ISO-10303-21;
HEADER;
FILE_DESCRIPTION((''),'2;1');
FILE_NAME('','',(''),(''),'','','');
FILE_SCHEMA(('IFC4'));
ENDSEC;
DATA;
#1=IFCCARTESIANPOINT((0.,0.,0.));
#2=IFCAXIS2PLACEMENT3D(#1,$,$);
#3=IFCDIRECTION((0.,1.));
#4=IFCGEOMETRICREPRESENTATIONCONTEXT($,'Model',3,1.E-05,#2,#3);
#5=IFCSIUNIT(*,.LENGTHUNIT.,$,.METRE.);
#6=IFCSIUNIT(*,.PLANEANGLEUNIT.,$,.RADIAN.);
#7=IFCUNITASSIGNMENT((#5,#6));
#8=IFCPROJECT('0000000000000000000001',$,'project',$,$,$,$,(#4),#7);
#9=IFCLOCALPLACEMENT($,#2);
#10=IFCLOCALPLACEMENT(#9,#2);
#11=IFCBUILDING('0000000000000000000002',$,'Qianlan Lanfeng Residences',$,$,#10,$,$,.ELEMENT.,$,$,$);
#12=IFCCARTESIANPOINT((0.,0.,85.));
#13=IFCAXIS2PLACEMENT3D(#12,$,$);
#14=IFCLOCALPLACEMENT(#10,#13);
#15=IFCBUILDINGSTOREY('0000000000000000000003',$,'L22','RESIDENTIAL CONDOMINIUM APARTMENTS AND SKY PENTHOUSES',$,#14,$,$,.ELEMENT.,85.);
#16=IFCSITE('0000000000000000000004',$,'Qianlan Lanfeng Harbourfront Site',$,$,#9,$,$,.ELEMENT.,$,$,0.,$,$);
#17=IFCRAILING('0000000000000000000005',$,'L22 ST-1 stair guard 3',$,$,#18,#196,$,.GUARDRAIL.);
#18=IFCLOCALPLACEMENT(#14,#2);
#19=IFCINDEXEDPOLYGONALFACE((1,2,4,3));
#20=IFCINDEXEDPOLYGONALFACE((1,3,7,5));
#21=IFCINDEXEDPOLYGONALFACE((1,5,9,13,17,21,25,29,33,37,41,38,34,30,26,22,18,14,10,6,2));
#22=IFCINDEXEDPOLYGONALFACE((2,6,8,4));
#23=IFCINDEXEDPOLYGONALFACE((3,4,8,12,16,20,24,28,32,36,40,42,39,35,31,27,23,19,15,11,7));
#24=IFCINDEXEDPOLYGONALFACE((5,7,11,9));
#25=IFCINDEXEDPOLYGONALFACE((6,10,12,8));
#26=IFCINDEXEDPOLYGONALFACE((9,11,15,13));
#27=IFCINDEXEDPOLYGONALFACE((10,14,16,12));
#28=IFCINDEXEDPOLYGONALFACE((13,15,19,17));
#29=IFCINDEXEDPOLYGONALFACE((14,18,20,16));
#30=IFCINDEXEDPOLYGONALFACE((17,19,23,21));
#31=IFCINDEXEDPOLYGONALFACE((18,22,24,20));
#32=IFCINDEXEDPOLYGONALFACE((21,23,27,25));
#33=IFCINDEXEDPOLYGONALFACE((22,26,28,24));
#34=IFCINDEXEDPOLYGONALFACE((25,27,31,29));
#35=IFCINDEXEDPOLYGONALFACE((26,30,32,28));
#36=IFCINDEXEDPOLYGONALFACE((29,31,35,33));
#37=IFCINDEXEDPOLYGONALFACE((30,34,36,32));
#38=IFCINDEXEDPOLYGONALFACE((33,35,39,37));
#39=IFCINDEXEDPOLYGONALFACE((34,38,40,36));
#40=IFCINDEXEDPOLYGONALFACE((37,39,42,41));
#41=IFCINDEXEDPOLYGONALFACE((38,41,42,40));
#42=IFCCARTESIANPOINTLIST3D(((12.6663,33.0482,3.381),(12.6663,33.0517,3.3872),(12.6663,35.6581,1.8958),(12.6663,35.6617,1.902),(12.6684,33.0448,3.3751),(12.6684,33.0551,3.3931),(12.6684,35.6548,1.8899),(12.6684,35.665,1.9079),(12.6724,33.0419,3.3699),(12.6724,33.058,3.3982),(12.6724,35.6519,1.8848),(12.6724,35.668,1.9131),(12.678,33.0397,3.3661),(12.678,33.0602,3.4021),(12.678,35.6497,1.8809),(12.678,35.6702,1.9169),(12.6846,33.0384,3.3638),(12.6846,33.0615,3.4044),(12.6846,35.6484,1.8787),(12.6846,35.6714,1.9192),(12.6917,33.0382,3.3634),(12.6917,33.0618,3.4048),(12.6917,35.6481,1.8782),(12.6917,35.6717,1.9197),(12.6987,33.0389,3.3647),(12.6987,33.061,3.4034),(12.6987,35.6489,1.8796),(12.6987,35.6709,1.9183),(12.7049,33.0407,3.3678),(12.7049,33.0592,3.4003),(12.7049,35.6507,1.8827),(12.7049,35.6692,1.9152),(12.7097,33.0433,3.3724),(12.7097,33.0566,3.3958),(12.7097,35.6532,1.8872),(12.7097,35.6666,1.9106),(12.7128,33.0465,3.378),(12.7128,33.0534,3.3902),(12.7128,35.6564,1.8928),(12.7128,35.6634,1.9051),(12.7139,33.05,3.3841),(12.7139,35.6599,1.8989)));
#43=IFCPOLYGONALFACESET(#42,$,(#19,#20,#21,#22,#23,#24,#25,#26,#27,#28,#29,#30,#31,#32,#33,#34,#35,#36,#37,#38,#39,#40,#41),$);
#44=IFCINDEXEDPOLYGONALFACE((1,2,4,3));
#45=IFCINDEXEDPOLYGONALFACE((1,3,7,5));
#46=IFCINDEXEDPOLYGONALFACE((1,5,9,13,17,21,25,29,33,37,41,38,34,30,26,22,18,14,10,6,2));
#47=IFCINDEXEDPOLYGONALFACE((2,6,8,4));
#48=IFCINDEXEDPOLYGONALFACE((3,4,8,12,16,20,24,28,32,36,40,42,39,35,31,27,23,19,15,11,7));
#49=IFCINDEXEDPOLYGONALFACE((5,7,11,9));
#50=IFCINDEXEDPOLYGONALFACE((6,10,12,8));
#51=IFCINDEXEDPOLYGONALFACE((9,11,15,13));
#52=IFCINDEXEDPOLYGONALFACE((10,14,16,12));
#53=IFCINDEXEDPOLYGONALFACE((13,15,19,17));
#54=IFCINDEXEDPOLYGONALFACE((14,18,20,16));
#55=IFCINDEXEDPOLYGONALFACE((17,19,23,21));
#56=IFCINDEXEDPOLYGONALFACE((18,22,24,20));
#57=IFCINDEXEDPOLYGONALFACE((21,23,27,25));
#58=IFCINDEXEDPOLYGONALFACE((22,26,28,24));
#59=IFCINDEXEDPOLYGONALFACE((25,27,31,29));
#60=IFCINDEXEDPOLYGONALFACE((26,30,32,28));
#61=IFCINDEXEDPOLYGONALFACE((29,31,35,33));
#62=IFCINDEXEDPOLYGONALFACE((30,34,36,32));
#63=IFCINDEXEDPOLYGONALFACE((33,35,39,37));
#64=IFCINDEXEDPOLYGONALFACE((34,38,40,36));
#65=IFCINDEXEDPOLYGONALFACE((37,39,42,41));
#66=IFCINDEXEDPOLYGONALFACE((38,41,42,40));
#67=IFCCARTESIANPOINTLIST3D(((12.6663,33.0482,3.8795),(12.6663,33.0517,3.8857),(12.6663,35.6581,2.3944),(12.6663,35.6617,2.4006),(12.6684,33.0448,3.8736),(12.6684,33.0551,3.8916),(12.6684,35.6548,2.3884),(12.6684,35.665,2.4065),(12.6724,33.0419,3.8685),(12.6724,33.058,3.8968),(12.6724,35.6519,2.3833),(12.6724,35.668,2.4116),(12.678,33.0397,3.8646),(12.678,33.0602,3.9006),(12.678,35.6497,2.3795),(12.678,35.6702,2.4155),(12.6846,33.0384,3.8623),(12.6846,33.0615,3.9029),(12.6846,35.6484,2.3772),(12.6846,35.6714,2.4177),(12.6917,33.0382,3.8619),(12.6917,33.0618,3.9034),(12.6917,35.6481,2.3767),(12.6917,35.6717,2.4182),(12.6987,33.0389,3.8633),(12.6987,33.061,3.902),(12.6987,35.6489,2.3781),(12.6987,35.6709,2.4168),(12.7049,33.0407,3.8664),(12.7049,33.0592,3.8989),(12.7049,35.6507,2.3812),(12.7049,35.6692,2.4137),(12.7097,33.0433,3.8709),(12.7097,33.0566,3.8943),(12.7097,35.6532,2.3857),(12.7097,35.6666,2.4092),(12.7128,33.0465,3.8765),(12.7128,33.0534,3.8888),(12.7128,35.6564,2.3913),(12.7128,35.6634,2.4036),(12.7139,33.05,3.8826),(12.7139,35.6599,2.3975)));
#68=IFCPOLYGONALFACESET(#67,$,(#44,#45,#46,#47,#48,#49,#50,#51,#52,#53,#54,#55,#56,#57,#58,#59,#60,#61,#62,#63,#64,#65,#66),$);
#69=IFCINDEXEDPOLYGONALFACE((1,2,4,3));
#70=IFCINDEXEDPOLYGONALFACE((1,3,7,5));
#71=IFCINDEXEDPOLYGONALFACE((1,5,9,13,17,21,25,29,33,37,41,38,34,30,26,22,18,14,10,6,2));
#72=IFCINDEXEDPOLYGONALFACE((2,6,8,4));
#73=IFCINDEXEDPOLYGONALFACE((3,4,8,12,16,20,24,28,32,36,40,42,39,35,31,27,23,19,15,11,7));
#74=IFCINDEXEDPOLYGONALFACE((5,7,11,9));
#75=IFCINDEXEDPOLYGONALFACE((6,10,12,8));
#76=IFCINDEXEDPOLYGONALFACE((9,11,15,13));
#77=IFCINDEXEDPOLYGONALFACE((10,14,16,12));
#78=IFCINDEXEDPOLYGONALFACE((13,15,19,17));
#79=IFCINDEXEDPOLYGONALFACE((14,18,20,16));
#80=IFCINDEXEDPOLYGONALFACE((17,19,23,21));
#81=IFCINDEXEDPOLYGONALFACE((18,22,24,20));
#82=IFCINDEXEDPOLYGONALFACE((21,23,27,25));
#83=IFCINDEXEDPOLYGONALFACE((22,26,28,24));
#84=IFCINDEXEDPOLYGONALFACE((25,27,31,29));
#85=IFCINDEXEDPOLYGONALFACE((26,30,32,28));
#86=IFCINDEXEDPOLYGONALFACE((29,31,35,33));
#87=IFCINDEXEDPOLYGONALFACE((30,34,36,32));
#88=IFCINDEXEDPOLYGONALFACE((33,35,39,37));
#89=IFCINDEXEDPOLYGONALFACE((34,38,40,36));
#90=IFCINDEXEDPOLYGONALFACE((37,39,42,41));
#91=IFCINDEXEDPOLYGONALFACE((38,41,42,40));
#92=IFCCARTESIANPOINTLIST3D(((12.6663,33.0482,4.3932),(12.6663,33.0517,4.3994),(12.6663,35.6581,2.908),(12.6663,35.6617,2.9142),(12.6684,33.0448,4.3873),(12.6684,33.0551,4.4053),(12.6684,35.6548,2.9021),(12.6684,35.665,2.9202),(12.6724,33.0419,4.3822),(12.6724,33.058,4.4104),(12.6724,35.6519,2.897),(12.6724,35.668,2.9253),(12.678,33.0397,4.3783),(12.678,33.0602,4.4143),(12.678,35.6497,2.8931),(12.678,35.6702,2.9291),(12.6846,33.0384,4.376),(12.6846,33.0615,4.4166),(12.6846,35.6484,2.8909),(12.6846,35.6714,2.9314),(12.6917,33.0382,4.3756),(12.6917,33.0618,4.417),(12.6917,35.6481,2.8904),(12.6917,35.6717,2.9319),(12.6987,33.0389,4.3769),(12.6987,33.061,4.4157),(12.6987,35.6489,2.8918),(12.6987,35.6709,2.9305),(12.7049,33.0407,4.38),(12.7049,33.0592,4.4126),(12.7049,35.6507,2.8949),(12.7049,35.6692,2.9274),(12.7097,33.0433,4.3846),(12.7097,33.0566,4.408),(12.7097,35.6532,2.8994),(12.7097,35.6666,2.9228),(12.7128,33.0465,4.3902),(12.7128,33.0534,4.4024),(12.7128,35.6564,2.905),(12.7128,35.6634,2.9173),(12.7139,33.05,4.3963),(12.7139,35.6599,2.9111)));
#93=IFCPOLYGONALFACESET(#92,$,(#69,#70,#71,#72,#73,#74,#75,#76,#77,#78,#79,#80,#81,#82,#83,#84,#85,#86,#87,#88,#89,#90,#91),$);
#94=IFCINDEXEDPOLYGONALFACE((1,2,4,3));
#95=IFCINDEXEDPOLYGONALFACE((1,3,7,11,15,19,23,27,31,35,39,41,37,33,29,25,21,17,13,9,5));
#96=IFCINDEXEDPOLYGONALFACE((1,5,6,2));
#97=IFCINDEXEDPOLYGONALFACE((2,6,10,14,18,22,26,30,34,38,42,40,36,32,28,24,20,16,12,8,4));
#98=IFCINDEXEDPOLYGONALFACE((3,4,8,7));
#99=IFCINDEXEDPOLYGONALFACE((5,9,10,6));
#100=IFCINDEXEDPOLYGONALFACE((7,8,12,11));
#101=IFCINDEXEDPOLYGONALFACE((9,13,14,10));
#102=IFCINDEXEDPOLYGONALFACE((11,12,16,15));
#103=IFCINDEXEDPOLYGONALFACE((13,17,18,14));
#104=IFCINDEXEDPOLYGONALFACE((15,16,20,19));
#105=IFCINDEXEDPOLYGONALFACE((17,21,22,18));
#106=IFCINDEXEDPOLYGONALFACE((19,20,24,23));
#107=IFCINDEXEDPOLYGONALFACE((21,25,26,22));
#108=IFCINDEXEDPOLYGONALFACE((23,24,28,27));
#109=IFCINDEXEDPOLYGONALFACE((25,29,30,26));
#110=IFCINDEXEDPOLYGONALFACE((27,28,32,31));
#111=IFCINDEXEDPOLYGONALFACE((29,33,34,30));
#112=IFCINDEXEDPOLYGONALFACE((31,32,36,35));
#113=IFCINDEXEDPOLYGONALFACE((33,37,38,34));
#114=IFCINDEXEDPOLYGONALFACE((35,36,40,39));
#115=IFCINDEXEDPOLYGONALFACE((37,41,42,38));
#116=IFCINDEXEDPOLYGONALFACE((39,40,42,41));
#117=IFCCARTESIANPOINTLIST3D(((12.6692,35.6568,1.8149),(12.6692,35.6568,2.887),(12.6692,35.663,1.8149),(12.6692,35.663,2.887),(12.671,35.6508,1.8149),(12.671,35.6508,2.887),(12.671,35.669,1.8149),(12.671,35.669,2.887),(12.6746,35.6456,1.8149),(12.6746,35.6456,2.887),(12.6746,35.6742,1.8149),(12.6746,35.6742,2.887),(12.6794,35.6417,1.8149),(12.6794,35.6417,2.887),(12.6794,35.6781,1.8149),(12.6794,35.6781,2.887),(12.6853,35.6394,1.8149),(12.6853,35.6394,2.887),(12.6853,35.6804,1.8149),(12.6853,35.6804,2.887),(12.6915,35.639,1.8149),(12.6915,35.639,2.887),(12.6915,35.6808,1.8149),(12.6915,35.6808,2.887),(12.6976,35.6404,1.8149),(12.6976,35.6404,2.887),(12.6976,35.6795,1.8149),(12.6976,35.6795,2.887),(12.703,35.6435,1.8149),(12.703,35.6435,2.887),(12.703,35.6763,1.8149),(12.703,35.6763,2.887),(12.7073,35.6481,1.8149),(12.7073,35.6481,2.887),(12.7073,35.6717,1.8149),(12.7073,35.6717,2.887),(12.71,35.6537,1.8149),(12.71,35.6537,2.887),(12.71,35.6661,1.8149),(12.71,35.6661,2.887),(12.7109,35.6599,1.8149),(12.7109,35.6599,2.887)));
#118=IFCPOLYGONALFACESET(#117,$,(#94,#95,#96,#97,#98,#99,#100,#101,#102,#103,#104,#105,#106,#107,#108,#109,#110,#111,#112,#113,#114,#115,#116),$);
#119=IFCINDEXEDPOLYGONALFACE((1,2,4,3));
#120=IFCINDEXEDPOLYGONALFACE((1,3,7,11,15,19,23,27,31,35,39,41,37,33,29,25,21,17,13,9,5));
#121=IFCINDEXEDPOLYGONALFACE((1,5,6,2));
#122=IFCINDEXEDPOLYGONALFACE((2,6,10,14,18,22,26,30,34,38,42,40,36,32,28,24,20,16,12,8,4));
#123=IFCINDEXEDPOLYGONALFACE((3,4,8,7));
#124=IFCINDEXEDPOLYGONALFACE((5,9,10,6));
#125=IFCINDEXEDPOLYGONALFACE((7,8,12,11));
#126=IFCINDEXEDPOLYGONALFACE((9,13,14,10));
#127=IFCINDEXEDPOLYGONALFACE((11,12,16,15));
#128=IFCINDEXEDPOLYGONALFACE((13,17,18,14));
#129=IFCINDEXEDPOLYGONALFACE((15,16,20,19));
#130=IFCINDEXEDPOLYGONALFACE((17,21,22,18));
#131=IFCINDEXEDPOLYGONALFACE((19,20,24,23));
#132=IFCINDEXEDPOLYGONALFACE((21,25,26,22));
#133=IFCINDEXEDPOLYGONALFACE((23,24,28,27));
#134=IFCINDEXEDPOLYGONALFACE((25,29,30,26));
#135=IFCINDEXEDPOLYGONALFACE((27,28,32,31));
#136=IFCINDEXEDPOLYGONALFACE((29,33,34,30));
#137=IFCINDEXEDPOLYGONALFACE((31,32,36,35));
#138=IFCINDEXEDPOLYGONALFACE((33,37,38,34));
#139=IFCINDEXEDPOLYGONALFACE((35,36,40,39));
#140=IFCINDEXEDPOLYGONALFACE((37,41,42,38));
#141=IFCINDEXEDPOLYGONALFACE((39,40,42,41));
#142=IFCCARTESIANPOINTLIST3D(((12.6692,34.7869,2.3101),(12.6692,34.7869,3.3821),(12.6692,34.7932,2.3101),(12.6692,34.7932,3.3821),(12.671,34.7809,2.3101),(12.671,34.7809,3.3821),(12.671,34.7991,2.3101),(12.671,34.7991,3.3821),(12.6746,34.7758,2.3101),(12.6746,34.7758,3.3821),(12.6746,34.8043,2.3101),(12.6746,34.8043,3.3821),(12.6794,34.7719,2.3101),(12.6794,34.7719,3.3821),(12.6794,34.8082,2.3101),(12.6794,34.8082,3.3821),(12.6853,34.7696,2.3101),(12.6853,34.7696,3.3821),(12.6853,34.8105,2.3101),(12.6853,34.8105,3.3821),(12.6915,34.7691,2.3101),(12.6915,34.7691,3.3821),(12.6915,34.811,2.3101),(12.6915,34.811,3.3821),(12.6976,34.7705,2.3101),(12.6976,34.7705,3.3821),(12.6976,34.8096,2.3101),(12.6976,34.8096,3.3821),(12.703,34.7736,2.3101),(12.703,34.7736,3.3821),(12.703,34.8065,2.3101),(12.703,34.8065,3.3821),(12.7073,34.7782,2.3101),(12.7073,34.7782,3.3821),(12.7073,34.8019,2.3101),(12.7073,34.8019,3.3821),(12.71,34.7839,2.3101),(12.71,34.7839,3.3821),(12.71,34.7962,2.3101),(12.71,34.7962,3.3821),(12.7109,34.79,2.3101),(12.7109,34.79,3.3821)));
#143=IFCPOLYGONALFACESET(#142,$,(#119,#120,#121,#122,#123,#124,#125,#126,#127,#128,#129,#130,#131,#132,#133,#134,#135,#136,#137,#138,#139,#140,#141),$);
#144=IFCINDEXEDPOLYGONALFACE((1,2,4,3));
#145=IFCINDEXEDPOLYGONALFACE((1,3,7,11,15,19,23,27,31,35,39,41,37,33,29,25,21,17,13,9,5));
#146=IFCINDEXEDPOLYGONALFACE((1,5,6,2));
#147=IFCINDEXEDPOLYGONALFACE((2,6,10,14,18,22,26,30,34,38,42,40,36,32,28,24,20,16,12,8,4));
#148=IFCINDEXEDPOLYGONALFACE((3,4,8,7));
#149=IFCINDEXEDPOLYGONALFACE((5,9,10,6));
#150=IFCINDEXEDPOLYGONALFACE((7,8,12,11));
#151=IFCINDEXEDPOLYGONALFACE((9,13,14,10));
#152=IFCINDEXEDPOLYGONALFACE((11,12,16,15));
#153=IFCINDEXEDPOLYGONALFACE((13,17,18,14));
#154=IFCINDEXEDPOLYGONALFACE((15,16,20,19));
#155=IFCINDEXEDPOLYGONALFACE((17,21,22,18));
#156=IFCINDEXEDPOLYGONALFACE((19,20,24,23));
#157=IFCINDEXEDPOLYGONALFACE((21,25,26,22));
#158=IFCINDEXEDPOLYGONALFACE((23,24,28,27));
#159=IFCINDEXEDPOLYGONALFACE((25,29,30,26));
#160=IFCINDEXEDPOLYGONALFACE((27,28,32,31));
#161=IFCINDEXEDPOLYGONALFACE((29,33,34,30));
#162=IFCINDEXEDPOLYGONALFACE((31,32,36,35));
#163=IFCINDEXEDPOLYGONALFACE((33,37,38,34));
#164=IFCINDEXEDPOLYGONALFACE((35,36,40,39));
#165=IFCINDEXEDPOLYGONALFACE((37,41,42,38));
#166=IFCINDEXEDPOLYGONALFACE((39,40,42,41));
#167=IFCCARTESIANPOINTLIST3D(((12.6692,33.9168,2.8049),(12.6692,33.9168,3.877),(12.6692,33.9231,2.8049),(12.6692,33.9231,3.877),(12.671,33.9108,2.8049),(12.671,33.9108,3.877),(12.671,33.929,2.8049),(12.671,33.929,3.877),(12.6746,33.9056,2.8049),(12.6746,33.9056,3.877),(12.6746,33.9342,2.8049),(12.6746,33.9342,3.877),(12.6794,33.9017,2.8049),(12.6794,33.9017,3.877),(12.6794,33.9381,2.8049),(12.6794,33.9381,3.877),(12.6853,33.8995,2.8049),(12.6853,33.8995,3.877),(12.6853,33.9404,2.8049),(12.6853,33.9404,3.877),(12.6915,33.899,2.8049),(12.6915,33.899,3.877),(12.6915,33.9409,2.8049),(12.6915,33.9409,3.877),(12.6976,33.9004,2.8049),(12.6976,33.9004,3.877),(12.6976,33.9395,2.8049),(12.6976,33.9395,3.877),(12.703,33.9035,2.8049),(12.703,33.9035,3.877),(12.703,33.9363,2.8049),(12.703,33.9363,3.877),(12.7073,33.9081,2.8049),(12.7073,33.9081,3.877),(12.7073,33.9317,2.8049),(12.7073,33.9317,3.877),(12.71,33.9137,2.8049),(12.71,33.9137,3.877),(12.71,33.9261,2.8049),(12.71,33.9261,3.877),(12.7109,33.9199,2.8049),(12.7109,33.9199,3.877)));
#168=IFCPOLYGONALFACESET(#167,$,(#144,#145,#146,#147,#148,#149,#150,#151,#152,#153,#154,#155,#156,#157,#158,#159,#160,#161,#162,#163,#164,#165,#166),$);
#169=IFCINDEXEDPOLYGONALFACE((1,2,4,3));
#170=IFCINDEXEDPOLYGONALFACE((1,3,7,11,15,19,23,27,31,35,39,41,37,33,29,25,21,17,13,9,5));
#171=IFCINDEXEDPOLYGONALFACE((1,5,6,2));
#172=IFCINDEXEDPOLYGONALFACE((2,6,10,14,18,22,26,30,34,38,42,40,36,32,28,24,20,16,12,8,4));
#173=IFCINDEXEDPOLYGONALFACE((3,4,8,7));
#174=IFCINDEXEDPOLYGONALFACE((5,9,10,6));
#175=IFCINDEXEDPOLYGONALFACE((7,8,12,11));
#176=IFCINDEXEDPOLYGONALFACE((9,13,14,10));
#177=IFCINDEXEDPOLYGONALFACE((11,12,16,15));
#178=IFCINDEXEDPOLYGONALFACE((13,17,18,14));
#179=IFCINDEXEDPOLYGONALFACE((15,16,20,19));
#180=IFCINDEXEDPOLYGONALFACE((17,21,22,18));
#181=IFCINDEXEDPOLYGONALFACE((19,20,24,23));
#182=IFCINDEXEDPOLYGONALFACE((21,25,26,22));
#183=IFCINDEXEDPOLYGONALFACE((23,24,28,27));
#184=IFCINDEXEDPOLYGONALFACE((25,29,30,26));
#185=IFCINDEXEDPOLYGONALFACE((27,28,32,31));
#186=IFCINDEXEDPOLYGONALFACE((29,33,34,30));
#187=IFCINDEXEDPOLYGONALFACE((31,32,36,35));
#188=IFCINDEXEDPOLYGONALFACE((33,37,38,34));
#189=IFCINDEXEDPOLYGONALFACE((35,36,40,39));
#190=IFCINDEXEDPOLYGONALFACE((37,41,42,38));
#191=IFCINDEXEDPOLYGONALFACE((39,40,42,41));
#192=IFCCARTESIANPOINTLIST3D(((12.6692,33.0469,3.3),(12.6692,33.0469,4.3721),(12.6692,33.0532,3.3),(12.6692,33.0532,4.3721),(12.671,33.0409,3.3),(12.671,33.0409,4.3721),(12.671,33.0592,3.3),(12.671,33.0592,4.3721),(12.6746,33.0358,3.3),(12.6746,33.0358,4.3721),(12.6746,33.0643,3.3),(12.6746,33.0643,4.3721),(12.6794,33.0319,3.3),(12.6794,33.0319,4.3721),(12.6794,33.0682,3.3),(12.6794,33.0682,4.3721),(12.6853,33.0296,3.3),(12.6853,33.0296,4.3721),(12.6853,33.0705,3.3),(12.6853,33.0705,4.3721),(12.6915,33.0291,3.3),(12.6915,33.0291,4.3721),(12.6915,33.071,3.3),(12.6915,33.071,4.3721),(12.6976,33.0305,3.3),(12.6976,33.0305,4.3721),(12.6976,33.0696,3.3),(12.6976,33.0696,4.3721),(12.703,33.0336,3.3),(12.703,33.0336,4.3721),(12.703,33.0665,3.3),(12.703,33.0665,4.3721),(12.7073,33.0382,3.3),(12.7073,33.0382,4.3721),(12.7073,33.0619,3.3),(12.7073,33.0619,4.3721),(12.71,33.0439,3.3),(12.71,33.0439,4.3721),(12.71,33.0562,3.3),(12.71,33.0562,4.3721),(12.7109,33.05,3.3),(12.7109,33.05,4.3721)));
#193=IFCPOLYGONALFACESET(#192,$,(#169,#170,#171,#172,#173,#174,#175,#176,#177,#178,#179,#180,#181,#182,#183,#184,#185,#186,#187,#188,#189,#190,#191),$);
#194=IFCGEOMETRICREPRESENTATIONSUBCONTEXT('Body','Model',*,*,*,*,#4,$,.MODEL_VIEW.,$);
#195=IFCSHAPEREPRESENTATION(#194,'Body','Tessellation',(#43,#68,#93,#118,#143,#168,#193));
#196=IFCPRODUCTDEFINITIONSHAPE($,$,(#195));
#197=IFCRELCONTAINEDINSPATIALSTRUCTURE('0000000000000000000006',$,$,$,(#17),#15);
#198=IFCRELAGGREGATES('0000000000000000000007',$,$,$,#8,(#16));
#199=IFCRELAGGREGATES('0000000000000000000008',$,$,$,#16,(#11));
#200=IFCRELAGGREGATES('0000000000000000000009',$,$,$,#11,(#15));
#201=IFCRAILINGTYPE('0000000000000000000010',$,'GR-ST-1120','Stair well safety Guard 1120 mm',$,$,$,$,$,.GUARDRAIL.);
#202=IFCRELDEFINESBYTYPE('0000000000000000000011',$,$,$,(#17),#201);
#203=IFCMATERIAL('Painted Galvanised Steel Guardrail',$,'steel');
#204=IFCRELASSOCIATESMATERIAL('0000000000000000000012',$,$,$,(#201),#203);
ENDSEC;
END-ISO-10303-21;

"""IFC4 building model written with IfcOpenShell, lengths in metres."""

from ifc_helpers import new_model, si_unit, direction, frame, origin, origin_2d, place, context, subcontext, project, spatial, circle, extrude, material, type_object, element, save


model = new_model("IFC4")

# Units and contexts
model_context = context("Model", 3, precision=1e-05, world=origin(), true_north=direction((0.0, 1.0)))
body_context = subcontext(model_context, "Body", "Model", "MODEL_VIEW")
ifc_project = project(units=[si_unit("LENGTHUNIT", "METRE"), si_unit("PLANEANGLEUNIT", "RADIAN")], contexts=[model_context])

# Site, building, storey
site_placement = place(None, origin())
site = spatial("IfcSite", under=ifc_project, at=site_placement, Name="Qianlan Lanfeng Harbourfront Site", CompositionType="ELEMENT", RefElevation=0.0)
building_placement = place(site_placement, origin())
building = spatial("IfcBuilding", under=site, at=building_placement, Name="Qianlan Lanfeng Residences", CompositionType="ELEMENT")
storey_placement = place(building_placement, frame((0.0, 0.0, 85.0)))
storey = spatial("IfcBuildingStorey", under=building, at=storey_placement, Name="L22", Description="RESIDENTIAL CONDOMINIUM APARTMENTS AND SKY PENTHOUSES", CompositionType="ELEMENT", Elevation=85.0)

# Railing
ifc_material_1 = material(Name="Painted Galvanised Steel Guardrail", Category="steel")
railing_type_1 = type_object("IfcRailingType", Name="GR-ST-1120", Description="Stair well safety Guard 1120 mm", PredefinedType="GUARDRAIL", material=ifc_material_1)
railing_1_placement = place(storey_placement, frame((12.6899, 35.6599, 1.8149)))
element("IfcRailing", 1, at=railing_1_placement, inside=storey, type_object=railing_type_1, Name="L22 ST-1 stair guard 3", PredefinedType="GUARDRAIL", context=body_context, shape_type="SweptSolid", body=[
    extrude(circle(Radius=0.0239, at=origin_2d()), frame((0.0, 0.0, 0.084), z_axis=(0.0, -0.869137, 0.494571), x_axis=(1.0, 0.0, 0.0)), (0.0, 0.0, 1.0), 3.0029),
    extrude(circle(Radius=0.0239, at=origin_2d()), frame((0.0, 0.0, 0.5825), z_axis=(0.0, -0.869137, 0.494571), x_axis=(1.0, 0.0, 0.0)), (0.0, 0.0, 1.0), 3.0029),
    extrude(circle(Radius=0.0239, at=origin_2d()), frame((0.0, 0.0, 1.0962), z_axis=(0.0, -0.869137, 0.494571), x_axis=(1.0, 0.0, 0.0)), (0.0, 0.0, 1.0), 3.0029),
    extrude(circle(Radius=0.021, at=origin_2d()), origin(), (0.0, 0.0, 1.0), 1.072),
    extrude(circle(Radius=0.021, at=origin_2d()), frame((0.0, -0.8699, 0.4951)), (0.0, 0.0, 1.0), 1.072),
    extrude(circle(Radius=0.021, at=origin_2d()), frame((0.0, -1.74, 0.99)), (0.0, 0.0, 1.0), 1.072),
    extrude(circle(Radius=0.021, at=origin_2d()), frame((0.0, -2.6099, 1.4851)), (0.0, 0.0, 1.0), 1.072),
])

save(model, "model.ifc")
